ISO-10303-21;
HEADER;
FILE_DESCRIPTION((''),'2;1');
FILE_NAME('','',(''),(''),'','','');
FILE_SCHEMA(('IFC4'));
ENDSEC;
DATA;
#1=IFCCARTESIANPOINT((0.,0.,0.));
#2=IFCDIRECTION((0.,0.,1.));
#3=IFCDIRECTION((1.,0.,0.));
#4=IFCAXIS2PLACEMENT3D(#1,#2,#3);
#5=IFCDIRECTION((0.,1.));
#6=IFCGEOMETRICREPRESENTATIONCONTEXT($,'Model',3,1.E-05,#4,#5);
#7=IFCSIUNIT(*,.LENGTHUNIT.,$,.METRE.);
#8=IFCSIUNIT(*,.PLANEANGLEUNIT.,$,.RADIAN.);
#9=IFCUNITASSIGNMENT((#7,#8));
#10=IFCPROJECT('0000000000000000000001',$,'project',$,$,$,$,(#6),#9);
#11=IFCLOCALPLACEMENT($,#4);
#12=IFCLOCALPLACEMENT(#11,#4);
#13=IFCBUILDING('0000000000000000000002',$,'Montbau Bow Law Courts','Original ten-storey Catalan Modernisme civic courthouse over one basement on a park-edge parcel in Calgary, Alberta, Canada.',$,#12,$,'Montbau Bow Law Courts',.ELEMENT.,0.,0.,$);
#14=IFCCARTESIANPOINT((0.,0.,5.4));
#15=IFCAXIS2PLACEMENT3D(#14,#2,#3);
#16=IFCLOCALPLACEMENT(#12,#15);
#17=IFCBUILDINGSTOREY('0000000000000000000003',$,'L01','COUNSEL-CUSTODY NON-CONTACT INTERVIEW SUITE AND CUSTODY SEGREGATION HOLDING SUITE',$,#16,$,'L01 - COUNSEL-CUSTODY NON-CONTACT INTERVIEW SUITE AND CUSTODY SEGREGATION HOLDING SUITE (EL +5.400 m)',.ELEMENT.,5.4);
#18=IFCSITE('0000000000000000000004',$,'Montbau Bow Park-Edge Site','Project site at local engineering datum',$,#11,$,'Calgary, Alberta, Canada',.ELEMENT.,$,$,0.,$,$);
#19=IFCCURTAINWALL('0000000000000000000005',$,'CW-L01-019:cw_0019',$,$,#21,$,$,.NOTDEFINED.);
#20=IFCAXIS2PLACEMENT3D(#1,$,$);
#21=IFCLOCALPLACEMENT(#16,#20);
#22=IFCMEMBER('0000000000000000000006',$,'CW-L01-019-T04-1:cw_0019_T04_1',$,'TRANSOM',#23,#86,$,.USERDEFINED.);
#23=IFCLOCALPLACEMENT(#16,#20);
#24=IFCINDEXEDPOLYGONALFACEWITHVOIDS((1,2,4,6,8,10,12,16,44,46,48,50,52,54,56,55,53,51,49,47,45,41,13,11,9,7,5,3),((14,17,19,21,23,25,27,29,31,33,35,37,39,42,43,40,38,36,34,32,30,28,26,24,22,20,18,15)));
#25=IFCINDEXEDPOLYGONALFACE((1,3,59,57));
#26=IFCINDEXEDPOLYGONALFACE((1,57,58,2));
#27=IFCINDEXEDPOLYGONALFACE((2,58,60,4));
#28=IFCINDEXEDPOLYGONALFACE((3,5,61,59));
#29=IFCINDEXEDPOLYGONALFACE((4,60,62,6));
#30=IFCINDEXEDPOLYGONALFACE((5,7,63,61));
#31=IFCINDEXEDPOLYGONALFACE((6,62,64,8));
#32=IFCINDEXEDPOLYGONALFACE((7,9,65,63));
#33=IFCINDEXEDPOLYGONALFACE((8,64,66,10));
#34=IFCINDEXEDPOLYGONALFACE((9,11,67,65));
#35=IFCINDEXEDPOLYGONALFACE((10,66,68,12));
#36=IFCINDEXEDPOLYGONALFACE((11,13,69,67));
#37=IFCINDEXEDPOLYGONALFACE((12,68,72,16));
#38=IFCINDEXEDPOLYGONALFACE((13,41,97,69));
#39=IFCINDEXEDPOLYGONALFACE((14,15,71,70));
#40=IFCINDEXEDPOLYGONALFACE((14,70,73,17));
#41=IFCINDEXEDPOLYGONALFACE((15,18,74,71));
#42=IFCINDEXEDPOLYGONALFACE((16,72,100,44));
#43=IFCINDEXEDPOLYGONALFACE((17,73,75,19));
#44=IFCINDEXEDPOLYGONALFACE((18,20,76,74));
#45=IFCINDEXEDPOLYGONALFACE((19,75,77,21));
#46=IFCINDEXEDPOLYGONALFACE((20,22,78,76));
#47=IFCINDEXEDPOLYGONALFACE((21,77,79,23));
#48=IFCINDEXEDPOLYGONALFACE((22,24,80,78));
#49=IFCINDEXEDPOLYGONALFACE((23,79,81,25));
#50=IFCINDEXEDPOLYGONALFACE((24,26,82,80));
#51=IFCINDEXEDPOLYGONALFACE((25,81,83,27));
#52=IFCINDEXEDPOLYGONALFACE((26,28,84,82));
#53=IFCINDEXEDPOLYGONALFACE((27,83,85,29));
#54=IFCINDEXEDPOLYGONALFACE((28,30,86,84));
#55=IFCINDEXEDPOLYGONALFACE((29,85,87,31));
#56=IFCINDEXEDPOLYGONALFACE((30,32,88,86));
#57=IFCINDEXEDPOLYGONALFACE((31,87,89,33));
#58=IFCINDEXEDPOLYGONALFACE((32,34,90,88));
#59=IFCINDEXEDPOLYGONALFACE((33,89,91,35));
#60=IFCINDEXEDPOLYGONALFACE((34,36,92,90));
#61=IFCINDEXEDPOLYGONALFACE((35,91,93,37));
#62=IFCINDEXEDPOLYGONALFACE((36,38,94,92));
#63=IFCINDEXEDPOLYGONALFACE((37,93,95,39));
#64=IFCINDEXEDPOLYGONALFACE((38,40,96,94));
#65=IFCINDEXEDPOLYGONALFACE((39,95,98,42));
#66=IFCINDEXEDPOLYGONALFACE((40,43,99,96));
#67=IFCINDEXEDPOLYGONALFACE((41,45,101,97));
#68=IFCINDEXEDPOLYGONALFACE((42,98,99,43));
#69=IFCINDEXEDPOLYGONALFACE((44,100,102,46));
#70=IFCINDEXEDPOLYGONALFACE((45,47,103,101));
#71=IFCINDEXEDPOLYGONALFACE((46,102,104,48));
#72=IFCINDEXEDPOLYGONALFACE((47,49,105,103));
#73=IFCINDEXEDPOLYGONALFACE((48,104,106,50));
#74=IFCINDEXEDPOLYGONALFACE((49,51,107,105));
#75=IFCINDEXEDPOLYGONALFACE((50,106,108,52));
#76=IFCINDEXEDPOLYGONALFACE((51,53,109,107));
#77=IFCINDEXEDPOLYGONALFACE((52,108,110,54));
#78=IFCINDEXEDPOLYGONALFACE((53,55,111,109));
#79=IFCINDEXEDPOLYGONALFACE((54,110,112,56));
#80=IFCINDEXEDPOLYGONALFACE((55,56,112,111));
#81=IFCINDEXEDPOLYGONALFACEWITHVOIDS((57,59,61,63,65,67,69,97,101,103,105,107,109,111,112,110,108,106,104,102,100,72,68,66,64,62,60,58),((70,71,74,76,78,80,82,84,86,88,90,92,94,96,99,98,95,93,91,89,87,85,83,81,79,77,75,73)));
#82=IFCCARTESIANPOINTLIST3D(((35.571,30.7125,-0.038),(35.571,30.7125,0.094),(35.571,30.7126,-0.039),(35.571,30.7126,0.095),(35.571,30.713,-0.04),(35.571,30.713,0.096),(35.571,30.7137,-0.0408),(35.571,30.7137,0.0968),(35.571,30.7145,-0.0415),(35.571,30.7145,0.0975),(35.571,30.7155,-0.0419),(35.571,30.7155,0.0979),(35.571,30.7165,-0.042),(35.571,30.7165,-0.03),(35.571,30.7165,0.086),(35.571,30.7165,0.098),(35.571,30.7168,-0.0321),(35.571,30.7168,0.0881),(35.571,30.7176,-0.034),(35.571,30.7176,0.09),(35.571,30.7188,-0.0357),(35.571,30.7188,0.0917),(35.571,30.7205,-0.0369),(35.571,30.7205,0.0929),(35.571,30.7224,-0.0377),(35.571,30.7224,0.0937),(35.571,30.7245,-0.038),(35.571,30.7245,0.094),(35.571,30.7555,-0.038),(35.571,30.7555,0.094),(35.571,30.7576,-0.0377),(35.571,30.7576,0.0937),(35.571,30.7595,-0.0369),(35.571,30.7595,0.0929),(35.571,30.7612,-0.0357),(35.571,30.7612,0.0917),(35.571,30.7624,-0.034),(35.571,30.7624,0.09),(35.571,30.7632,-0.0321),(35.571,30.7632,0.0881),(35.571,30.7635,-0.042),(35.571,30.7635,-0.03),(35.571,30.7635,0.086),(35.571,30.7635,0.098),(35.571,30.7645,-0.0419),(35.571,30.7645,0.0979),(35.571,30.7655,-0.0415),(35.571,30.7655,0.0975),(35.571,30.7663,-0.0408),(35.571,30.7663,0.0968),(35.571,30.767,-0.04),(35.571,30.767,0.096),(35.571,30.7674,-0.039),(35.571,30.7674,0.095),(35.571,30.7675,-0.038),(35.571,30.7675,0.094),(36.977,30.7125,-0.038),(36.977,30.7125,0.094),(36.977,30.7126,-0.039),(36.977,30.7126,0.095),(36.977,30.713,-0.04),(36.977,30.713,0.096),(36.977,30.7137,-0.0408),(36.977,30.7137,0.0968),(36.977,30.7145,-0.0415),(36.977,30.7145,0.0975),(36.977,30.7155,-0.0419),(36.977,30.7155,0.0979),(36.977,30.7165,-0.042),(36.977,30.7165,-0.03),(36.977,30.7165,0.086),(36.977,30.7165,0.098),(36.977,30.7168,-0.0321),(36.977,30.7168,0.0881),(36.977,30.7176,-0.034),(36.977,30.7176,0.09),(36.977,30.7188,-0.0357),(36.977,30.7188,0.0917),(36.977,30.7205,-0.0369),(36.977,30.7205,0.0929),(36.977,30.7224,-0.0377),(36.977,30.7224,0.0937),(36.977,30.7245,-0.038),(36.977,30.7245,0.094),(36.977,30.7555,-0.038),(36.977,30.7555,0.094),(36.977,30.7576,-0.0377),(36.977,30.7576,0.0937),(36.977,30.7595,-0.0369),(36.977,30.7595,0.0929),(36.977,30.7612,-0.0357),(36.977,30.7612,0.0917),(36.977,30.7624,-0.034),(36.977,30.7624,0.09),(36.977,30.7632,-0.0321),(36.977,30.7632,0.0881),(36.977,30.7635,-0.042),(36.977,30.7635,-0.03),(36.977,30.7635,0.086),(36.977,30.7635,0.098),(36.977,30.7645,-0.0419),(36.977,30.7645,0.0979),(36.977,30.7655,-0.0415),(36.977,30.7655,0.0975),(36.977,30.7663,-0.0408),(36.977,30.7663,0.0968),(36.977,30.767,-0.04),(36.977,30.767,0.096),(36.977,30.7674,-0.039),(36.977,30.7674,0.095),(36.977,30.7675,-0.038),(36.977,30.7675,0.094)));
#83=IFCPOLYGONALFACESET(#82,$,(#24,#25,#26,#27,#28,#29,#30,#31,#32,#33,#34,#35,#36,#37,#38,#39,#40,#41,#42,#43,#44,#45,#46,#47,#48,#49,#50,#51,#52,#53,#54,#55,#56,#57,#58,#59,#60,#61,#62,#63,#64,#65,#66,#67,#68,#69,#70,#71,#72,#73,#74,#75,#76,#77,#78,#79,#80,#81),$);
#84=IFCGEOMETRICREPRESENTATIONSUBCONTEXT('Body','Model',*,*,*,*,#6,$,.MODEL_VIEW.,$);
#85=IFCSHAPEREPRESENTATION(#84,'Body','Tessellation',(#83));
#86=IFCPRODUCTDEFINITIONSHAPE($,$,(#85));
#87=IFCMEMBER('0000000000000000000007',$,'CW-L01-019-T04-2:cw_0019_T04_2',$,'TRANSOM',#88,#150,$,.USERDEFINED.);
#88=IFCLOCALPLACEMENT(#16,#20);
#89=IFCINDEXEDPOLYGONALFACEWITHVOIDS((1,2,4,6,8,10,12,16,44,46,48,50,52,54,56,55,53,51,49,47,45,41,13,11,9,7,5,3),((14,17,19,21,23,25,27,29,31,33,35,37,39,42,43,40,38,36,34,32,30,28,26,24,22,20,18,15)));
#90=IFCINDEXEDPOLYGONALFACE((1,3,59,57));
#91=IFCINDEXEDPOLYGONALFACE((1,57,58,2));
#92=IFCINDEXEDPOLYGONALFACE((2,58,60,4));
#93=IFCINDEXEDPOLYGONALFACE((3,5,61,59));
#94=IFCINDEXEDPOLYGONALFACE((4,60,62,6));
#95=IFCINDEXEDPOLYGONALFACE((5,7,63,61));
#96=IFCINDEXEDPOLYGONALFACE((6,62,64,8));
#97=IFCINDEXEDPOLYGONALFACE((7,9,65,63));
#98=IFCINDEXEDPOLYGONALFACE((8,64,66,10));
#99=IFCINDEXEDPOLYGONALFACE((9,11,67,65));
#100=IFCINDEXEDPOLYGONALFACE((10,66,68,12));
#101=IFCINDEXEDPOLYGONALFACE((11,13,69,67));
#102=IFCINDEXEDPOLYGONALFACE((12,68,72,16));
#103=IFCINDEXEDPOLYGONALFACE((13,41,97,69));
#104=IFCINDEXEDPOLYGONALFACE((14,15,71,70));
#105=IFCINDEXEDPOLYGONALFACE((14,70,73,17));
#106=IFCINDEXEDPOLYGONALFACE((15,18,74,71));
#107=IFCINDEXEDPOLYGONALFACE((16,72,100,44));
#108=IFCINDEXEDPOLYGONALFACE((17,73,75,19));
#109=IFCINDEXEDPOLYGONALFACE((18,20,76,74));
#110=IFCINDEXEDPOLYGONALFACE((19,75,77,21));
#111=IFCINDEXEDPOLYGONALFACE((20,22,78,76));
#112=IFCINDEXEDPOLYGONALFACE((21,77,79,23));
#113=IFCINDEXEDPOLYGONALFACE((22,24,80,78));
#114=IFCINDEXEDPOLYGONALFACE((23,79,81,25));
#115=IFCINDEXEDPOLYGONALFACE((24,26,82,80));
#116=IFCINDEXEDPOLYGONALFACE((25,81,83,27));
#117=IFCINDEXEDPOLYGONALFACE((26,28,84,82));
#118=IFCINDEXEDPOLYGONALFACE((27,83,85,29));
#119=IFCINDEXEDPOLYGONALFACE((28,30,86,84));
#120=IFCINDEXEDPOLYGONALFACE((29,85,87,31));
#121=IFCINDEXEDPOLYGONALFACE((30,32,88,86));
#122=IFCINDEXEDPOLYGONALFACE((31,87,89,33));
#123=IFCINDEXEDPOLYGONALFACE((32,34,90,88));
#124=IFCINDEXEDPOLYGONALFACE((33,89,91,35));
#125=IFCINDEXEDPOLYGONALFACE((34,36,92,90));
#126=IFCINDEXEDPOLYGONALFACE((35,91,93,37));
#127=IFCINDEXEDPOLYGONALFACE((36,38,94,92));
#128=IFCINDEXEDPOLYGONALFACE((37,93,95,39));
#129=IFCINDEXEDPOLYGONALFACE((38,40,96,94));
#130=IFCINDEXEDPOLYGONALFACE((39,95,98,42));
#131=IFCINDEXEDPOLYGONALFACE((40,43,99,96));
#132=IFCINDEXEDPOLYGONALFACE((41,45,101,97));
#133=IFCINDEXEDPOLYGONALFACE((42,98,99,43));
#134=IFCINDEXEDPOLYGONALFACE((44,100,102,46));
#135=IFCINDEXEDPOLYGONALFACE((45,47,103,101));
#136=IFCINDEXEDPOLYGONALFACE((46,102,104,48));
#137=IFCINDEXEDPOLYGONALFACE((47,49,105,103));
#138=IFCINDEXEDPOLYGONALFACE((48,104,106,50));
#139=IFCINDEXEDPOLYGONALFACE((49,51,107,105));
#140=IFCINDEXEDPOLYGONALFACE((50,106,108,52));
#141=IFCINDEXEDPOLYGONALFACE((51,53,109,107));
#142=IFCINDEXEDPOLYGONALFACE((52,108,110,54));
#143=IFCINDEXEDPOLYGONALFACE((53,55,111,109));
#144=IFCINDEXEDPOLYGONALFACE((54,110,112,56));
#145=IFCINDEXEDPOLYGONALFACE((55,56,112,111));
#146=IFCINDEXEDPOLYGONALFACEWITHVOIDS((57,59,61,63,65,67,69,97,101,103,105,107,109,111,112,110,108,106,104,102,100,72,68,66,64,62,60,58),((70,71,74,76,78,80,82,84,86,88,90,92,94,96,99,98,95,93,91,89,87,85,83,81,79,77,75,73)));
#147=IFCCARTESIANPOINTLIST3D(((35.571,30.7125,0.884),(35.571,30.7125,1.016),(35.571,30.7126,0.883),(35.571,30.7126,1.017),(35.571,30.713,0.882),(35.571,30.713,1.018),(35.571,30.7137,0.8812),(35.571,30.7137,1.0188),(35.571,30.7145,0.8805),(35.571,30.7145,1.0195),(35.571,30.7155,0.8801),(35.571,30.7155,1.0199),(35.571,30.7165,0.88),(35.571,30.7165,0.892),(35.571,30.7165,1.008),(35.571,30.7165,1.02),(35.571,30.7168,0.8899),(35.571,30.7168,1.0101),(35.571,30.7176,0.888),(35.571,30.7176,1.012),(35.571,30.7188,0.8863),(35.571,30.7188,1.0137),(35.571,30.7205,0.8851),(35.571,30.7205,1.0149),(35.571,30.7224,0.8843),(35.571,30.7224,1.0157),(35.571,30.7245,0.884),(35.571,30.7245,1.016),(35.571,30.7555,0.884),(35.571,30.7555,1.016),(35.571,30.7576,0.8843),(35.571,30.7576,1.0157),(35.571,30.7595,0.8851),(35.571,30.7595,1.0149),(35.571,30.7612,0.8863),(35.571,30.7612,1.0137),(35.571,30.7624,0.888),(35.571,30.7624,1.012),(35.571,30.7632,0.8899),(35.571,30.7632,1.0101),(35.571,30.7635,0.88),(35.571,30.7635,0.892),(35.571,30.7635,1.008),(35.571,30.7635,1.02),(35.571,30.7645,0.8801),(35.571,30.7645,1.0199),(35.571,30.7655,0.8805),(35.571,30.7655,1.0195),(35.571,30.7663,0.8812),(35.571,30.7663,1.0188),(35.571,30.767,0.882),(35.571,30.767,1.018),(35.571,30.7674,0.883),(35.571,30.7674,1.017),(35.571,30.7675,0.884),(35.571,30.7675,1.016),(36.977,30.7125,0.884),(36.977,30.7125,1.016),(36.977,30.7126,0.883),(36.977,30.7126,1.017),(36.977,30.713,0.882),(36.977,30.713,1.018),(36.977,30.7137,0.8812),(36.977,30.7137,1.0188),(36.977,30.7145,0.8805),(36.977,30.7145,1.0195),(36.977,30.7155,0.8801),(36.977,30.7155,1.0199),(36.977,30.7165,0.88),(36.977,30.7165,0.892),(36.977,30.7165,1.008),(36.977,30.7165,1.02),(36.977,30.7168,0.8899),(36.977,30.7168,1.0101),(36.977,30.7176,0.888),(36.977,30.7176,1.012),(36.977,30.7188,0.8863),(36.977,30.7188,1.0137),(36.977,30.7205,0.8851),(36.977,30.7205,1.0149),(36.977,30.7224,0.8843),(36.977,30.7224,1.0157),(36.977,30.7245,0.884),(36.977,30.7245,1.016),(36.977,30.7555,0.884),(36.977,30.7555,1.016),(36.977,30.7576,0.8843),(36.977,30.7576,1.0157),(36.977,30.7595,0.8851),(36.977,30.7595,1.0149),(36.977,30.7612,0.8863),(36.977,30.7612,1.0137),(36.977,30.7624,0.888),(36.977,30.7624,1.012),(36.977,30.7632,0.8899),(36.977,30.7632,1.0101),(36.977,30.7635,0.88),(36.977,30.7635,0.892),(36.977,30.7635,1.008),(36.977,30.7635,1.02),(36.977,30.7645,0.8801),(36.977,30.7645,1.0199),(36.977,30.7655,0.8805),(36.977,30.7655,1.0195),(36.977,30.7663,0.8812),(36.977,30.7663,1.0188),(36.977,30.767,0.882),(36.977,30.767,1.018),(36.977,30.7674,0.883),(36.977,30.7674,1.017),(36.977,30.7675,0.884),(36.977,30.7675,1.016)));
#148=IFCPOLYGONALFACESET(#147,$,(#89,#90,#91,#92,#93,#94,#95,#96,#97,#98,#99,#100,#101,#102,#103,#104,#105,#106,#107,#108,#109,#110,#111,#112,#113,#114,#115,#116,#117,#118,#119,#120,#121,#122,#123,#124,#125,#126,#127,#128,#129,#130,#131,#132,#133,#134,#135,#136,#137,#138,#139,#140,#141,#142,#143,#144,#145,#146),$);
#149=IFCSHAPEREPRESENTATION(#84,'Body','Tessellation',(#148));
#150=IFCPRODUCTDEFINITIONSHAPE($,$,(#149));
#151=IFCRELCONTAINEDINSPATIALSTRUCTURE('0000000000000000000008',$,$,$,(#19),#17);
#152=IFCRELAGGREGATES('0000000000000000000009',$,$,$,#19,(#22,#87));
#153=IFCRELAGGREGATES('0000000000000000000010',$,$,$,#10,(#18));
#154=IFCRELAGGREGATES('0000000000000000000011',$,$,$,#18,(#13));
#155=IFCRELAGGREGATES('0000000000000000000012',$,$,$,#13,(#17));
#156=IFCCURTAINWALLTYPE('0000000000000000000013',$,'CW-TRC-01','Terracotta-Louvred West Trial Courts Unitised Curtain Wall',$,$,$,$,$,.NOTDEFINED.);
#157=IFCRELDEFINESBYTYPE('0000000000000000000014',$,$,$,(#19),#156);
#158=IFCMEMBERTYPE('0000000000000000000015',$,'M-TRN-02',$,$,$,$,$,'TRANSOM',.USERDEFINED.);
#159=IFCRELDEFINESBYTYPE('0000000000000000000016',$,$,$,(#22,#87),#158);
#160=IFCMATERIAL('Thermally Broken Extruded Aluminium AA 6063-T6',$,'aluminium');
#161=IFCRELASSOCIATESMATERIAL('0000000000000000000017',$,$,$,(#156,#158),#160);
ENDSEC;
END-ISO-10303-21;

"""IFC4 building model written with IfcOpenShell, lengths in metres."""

from ifc_helpers import new_model, si_unit, direction, frame, origin_with_axes, origin_2d_with_axis, place, context, subcontext, project, spatial, hollow_rectangle, extrude, material, material_profile, profile_set, type_object, element, aggregate, save


model = new_model("IFC4")

# Units and contexts
model_context = context("Model", 3, precision=1e-05, world=origin_with_axes(), true_north=direction((0.0, 1.0)))
body_context = subcontext(model_context, "Body", "Model", "MODEL_VIEW")
ifc_project = project(units=[si_unit("LENGTHUNIT", "METRE"), si_unit("PLANEANGLEUNIT", "RADIAN")], contexts=[model_context])

# Site, building, storey
site_placement = place(None, origin_with_axes())
site = spatial("IfcSite", under=ifc_project, at=site_placement, Name="Montbau Bow Park-Edge Site", Description="Project site at local engineering datum", LongName="Calgary, Alberta, Canada", CompositionType="ELEMENT", RefElevation=0.0)
building_placement = place(site_placement, origin_with_axes())
building = spatial("IfcBuilding", under=site, at=building_placement, Name="Montbau Bow Law Courts", Description="Original ten-storey Catalan Modernisme civic courthouse over one basement on a park-edge parcel in Calgary, Alberta, Canada.", LongName="Montbau Bow Law Courts", CompositionType="ELEMENT", ElevationOfRefHeight=0.0, ElevationOfTerrain=0.0)
storey_placement = place(building_placement, frame((0.0, 0.0, 5.4), z_axis=(0.0, 0.0, 1.0), x_axis=(1.0, 0.0, 0.0)))
storey = spatial("IfcBuildingStorey", under=building, at=storey_placement, Name="L01", Description="COUNSEL-CUSTODY NON-CONTACT INTERVIEW SUITE AND CUSTODY SEGREGATION HOLDING SUITE", LongName="L01 - COUNSEL-CUSTODY NON-CONTACT INTERVIEW SUITE AND CUSTODY SEGREGATION HOLDING SUITE (EL +5.400 m)", CompositionType="ELEMENT", Elevation=5.4)

# Curtain wall
ifc_material_1 = material(Name="Thermally Broken Extruded Aluminium AA 6063-T6", Category="aluminium")
curtain_wall_type = type_object("IfcCurtainWallType", Name="CW-TRC-01", Description="Terracotta-Louvred West Trial Courts Unitised Curtain Wall", PredefinedType="NOTDEFINED", material=ifc_material_1)
curtain_wall_1_placement = place(None, frame((31.115, 30.74, 5.4), z_axis=(0.0, 0.0, 1.0), x_axis=(1.0, 0.0, 0.0)))
curtain_wall_1 = element("IfcCurtainWall", 1, at=curtain_wall_1_placement, inside=storey, type_object=curtain_wall_type, Name="CW-L01-019:cw_0019", PredefinedType="NOTDEFINED")

# Members
ifc_material_profile_1 = material_profile(ifc_material_1, hollow_rectangle(XDim=0.055, YDim=0.14, WallThickness=0.004, InnerFilletRadius=0.008, OuterFilletRadius=0.004, at=origin_2d_with_axis()), Name="CWT-140X55", Category="Main", Priority=0)
ifc_profile_set_1 = profile_set([ifc_material_profile_1], Name="Thermally Broken Extruded Aluminium AA 6063-T6")
member_type_1 = type_object("IfcMemberType", Name="M-TRN-02", ElementType="TRANSOM", PredefinedType="USERDEFINED", material=ifc_profile_set_1)
member_1_placement = place(None, frame((35.571, 30.74, 5.428), z_axis=(1.0, 0.0, 0.0), x_axis=(0.0, 1.0, 0.0)))
member_1 = element("IfcMember", 2, at=member_1_placement, type_object=member_type_1, Name="CW-L01-019-T04-1:cw_0019_T04_1", ObjectType="TRANSOM", PredefinedType="USERDEFINED", context=body_context, shape_type="SweptSolid", body=[
    extrude(hollow_rectangle(XDim=0.055, YDim=0.14, WallThickness=0.004, InnerFilletRadius=0.008, OuterFilletRadius=0.004, at=origin_2d_with_axis()), origin_with_axes(), (0.0, 0.0, 1.0), 1.406),
])
member_2_placement = place(None, frame((35.571, 30.74, 6.35), z_axis=(1.0, 0.0, 0.0), x_axis=(0.0, 1.0, 0.0)))
member_2 = element("IfcMember", 3, at=member_2_placement, type_object=member_type_1, Name="CW-L01-019-T04-2:cw_0019_T04_2", ObjectType="TRANSOM", PredefinedType="USERDEFINED", context=body_context, shape_type="SweptSolid", body=[
    extrude(hollow_rectangle(XDim=0.055, YDim=0.14, WallThickness=0.004, InnerFilletRadius=0.008, OuterFilletRadius=0.004, at=origin_2d_with_axis()), origin_with_axes(), (0.0, 0.0, 1.0), 1.406),
])

aggregate(curtain_wall_1, [member_1, member_2])

save(model, "model.ifc")
